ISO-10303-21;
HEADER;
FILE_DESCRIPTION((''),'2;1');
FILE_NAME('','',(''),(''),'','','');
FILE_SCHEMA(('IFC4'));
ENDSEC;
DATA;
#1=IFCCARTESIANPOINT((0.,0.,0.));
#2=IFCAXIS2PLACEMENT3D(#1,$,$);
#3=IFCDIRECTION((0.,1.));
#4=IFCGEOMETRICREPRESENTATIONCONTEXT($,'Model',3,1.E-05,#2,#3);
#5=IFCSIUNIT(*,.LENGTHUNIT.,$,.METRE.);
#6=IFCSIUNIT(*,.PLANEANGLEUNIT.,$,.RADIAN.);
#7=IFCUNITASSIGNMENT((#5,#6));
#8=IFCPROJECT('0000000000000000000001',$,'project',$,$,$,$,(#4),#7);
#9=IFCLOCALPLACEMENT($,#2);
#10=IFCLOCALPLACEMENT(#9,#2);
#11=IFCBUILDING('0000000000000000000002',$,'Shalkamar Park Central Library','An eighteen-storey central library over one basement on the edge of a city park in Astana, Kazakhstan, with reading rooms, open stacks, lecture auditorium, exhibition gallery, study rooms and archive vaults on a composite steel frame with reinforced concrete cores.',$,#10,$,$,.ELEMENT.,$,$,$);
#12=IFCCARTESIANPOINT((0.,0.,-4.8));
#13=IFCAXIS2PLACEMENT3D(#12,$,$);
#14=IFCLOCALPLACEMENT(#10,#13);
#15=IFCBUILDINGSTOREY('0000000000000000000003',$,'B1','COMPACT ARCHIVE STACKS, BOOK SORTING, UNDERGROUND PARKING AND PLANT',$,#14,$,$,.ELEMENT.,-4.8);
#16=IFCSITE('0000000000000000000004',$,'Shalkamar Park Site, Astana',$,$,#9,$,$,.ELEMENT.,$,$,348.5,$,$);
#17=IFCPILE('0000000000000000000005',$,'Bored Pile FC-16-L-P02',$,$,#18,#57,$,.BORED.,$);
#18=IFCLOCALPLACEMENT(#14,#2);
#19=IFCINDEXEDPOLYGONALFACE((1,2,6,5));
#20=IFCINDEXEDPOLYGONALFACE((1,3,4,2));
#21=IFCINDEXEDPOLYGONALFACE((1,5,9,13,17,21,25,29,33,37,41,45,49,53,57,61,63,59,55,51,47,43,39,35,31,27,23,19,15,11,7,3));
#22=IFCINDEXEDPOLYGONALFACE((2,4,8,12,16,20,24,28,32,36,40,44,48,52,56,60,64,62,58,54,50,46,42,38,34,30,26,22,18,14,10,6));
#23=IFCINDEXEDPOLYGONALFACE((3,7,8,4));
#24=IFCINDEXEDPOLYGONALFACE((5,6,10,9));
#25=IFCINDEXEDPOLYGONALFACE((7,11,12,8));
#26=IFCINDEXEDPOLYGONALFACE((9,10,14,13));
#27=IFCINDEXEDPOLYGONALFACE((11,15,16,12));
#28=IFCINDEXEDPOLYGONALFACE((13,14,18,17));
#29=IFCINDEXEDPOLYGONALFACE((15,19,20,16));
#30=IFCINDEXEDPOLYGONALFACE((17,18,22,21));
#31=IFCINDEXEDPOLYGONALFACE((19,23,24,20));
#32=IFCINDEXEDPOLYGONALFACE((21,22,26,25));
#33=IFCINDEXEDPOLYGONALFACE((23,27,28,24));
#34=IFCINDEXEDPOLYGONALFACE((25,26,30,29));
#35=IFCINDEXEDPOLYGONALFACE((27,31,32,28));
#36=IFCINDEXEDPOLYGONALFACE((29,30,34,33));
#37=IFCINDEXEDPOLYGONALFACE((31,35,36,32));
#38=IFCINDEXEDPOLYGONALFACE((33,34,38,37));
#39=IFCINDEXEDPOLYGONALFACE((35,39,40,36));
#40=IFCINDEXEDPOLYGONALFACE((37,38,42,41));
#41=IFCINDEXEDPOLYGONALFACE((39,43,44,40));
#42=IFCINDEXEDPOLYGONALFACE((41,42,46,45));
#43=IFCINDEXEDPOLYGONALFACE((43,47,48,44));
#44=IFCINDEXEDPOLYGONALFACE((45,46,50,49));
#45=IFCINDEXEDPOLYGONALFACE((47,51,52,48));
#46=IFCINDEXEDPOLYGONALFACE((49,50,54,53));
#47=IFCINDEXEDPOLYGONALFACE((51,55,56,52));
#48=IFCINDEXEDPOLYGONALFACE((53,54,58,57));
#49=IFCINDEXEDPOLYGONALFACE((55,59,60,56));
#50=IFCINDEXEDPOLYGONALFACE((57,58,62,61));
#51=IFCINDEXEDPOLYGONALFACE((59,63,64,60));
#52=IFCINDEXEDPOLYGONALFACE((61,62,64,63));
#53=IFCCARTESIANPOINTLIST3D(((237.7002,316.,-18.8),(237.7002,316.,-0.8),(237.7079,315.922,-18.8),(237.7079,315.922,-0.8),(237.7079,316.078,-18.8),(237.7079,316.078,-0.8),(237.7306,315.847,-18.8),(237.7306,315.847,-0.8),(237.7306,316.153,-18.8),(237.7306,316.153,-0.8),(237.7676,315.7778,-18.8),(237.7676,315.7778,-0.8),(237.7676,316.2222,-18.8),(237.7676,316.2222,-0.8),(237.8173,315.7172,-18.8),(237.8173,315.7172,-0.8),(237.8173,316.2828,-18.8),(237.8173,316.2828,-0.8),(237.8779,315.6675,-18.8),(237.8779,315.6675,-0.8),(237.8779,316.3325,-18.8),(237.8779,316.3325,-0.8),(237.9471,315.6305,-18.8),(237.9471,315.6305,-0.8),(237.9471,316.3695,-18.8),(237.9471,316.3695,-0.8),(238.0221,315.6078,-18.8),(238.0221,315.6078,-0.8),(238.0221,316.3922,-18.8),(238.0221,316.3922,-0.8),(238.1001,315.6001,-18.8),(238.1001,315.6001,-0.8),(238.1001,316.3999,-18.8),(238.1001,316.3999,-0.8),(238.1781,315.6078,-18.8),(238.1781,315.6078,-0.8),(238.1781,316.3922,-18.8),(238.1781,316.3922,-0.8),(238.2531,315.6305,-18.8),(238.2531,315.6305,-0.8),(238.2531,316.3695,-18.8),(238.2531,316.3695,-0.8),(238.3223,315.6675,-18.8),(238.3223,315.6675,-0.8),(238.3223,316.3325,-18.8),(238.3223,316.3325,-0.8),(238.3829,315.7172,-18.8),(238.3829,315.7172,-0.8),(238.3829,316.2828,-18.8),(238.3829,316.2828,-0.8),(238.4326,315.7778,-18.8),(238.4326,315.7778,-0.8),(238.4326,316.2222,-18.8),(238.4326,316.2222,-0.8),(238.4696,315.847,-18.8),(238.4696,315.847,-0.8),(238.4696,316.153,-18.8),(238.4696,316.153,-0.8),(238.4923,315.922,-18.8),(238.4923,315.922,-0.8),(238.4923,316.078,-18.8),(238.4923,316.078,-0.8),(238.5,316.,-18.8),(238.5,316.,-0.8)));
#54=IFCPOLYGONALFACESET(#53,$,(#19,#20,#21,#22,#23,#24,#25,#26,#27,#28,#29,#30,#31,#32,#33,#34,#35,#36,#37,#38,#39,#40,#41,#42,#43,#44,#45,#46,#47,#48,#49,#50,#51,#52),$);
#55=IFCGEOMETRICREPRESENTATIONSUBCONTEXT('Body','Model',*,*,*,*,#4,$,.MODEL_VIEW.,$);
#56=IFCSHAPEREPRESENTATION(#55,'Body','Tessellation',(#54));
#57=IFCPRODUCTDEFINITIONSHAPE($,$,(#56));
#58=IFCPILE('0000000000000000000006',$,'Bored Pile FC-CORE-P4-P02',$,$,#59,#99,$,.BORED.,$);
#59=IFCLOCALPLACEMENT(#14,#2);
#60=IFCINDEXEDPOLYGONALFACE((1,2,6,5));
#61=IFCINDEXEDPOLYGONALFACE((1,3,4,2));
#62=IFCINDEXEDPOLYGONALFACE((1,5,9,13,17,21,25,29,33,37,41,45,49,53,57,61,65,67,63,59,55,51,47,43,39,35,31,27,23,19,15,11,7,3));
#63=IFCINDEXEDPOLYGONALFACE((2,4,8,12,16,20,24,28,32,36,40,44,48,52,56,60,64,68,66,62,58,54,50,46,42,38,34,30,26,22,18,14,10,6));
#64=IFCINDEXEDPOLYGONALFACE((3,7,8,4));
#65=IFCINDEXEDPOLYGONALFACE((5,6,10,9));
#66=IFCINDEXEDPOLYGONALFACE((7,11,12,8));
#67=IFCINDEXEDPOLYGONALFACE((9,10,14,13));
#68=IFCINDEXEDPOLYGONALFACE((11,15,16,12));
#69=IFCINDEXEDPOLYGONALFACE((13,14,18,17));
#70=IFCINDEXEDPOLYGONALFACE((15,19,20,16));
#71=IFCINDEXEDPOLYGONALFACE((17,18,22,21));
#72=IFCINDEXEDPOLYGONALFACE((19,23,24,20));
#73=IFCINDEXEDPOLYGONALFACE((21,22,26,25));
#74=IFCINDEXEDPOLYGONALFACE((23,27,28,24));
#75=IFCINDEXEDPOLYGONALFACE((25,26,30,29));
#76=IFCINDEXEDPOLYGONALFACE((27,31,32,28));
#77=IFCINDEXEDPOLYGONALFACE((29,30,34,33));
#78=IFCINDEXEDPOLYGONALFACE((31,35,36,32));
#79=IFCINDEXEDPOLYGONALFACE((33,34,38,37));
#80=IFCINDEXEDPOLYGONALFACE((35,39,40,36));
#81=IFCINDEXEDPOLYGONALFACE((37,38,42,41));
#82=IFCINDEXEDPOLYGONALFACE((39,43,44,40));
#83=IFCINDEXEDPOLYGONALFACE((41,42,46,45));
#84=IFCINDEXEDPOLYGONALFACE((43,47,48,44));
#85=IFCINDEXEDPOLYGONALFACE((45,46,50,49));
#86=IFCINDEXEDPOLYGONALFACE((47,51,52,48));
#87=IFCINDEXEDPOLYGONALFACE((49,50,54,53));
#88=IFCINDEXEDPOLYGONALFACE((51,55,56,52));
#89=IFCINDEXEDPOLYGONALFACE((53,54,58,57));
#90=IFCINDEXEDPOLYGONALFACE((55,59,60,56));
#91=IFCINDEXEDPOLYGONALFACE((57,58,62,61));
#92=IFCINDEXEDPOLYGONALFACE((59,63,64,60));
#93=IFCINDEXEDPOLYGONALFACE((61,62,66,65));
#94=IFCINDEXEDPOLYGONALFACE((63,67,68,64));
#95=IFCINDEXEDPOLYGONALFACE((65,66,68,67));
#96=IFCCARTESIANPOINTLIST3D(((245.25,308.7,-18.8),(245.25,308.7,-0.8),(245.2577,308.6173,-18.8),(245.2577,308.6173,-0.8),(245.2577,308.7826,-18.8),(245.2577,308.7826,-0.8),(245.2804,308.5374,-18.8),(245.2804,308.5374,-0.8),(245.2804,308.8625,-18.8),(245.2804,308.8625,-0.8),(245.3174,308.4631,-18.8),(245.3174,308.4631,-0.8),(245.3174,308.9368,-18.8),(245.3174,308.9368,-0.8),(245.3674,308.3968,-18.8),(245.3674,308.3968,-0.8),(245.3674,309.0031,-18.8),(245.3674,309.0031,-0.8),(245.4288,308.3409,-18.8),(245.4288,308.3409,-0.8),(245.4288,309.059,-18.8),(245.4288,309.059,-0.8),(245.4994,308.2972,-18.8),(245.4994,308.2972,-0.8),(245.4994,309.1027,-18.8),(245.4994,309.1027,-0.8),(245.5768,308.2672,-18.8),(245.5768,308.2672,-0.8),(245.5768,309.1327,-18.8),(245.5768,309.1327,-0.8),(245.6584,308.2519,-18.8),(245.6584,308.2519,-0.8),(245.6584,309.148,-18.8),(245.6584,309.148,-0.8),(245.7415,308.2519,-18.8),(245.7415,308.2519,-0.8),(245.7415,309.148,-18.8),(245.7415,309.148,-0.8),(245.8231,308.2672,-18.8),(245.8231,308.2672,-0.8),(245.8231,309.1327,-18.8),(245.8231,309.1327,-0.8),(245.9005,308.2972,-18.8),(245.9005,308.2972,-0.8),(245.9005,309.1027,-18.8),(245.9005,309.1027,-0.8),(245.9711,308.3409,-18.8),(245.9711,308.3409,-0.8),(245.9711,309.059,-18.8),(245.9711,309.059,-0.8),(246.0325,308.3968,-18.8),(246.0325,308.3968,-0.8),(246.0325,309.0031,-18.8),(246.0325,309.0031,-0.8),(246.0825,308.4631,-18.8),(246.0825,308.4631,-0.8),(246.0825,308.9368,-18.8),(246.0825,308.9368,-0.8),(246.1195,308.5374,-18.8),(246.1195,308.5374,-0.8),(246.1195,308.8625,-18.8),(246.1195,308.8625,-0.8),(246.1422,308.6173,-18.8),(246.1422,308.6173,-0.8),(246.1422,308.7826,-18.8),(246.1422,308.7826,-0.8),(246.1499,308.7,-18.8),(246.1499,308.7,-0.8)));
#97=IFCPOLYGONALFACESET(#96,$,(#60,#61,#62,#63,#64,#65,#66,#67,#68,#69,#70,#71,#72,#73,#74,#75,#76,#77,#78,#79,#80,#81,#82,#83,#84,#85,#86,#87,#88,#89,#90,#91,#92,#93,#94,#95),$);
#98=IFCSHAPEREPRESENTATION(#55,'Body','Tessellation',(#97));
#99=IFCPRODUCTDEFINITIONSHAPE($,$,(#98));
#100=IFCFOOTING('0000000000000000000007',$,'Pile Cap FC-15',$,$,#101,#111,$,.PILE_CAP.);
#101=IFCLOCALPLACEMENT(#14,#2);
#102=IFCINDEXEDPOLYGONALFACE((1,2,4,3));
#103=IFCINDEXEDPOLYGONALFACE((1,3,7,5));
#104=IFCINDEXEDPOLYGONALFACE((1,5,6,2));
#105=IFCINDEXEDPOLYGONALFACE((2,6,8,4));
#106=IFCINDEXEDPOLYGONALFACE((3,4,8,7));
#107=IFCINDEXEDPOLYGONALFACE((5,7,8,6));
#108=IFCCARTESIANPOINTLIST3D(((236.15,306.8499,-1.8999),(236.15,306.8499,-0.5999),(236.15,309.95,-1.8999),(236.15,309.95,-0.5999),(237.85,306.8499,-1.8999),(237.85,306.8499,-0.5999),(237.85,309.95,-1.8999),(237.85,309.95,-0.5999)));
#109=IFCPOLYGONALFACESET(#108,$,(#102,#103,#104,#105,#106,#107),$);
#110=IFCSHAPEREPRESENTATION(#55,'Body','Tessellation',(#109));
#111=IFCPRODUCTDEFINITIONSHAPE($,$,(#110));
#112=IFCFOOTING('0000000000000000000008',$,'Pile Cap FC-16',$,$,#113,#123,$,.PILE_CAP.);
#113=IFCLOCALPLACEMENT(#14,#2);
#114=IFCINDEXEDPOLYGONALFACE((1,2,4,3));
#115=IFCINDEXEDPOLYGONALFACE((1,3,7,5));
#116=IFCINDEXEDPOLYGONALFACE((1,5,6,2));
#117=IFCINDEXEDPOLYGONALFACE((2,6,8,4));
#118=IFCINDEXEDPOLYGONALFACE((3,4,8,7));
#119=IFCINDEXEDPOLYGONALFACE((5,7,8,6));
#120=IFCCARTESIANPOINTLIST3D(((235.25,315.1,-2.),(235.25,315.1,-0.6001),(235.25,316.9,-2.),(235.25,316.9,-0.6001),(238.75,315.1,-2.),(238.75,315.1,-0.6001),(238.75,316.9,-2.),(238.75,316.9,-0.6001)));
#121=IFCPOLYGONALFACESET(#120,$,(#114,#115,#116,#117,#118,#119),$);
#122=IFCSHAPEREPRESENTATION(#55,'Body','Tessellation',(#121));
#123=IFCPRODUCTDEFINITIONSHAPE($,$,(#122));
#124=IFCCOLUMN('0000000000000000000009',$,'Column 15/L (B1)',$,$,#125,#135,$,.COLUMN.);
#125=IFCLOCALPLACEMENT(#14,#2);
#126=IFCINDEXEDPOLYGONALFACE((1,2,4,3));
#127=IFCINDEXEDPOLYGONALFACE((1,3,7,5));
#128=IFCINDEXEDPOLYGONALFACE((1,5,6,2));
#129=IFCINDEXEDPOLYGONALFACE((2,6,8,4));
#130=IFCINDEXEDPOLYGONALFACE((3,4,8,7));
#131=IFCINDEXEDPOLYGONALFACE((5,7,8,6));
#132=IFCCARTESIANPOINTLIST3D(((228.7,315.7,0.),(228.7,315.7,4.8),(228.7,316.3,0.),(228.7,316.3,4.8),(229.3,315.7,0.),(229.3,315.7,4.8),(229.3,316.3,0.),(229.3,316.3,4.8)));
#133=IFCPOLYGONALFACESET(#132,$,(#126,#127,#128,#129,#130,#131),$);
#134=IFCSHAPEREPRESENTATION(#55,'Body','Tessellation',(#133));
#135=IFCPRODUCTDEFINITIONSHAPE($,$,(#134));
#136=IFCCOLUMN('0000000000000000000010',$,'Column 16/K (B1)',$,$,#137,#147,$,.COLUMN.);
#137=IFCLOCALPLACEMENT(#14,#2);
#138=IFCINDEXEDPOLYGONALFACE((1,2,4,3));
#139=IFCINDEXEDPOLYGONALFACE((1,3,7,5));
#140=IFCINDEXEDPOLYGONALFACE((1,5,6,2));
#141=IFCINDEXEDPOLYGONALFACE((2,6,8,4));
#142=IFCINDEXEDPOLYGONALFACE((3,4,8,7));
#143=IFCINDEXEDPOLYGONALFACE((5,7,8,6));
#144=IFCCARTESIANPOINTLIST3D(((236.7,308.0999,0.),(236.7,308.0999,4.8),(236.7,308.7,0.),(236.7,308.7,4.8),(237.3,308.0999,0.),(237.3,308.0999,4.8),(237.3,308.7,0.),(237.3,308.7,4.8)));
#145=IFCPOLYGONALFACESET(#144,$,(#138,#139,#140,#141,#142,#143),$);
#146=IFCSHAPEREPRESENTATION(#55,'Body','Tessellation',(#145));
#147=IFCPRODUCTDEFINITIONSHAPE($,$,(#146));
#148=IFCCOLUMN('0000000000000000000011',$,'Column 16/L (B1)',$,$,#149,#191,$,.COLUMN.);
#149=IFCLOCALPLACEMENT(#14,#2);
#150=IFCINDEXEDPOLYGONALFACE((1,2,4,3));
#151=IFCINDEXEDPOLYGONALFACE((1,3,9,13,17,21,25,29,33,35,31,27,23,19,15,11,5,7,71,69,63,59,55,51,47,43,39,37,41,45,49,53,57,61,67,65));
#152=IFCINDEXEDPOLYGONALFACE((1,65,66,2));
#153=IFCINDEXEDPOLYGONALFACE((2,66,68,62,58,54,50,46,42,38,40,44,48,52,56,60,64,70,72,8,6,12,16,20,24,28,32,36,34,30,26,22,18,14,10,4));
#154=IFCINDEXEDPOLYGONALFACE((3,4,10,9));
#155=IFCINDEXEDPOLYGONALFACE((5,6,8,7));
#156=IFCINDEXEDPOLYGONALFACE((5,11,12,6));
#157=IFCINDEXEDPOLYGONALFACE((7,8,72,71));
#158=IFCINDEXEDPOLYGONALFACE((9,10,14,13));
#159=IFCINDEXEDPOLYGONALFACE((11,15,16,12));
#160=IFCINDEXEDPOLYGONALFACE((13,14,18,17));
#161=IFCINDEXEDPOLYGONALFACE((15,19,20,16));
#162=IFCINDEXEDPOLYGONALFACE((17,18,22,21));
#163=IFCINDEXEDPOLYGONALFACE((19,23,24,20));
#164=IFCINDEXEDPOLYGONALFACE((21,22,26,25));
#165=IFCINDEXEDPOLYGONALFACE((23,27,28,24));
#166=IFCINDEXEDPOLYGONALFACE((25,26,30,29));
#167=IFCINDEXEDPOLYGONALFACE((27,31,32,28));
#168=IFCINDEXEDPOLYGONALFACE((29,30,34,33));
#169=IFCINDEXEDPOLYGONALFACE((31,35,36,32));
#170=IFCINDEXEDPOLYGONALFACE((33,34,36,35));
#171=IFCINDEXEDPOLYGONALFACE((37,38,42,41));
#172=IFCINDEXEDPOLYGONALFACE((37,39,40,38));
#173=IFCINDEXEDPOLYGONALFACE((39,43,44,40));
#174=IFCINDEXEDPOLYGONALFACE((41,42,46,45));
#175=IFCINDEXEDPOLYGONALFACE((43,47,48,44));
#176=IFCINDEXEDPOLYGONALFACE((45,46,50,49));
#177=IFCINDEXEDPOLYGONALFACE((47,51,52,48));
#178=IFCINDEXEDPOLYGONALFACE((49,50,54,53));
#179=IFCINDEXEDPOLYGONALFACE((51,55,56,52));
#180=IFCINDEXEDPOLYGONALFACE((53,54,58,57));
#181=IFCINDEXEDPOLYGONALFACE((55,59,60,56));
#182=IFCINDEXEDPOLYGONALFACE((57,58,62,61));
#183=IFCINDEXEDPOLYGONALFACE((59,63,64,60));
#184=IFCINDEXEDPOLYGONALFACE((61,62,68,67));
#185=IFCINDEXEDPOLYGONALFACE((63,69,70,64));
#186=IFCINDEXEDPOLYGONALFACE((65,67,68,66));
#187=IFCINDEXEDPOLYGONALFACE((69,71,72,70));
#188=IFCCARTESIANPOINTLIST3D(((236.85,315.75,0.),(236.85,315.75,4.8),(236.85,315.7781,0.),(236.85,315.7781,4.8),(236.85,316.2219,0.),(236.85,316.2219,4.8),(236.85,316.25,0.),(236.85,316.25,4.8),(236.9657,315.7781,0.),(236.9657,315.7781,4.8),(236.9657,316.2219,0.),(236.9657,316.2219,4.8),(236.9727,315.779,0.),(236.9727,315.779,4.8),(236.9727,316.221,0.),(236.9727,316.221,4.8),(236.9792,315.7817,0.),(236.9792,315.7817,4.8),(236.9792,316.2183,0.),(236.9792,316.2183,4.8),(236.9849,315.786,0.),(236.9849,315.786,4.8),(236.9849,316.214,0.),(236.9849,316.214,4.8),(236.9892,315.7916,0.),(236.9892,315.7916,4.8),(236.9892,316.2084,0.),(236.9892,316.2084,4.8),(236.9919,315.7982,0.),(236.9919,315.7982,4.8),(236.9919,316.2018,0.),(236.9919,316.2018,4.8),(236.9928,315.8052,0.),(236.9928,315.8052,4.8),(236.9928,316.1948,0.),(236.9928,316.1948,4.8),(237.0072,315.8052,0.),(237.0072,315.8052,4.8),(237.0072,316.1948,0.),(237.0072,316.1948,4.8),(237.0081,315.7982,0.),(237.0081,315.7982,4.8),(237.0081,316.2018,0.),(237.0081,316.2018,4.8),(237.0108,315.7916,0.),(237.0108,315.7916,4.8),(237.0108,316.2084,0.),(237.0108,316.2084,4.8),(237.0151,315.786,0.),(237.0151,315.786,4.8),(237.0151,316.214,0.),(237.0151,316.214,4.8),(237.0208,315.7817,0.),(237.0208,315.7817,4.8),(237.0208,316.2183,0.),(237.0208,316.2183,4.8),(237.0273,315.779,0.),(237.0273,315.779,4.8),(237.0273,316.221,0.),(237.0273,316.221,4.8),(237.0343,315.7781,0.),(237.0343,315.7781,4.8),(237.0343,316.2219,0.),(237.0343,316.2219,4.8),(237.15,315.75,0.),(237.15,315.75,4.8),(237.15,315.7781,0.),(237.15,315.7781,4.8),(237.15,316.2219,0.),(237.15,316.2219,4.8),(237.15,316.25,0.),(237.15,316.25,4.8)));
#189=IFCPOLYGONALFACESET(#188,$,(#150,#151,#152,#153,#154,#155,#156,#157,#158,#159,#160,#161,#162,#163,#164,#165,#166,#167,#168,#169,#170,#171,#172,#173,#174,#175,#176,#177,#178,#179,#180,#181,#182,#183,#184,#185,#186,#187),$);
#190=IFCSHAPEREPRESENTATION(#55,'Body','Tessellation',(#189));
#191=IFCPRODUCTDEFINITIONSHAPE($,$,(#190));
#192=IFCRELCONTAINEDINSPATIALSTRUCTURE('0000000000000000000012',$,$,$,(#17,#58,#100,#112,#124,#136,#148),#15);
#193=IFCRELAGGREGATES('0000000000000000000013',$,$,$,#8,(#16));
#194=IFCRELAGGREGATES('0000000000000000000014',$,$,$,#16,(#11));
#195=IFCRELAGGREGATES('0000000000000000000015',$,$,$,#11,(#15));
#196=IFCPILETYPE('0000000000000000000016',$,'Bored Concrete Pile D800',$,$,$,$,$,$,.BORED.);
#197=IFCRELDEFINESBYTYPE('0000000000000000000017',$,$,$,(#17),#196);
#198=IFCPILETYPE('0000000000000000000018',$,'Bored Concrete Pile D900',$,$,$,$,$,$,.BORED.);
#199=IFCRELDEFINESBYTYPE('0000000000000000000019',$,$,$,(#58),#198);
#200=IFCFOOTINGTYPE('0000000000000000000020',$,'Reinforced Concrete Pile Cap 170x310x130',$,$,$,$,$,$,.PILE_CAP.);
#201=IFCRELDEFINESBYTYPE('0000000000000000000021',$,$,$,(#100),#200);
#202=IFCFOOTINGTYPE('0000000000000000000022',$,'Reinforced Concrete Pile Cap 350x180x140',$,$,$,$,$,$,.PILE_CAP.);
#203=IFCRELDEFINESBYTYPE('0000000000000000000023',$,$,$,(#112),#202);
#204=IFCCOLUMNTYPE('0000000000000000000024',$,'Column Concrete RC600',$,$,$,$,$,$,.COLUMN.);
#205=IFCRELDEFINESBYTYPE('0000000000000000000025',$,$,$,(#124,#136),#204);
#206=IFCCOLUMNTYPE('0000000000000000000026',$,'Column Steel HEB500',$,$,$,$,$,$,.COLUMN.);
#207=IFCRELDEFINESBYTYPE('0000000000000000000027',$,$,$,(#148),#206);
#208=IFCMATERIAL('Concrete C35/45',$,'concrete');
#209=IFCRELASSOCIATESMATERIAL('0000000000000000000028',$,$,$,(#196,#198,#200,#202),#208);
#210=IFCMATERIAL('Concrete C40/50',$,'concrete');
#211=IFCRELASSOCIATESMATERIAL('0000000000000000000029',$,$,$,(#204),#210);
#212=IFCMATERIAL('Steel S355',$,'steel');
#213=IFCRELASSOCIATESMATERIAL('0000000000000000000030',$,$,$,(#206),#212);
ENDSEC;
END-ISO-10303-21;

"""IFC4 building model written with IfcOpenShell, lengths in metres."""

from ifc_helpers import new_model, si_unit, direction, frame, origin, origin_2d, place, context, subcontext, project, spatial, rectangle, circle, i_section, extrude, material, material_profile, profile_set, type_object, element, save


model = new_model("IFC4")

# Units and contexts
model_context = context("Model", 3, precision=1e-05, world=origin(), true_north=direction((0.0, 1.0)))
body_context = subcontext(model_context, "Body", "Model", "MODEL_VIEW")
ifc_project = project(units=[si_unit("LENGTHUNIT", "METRE"), si_unit("PLANEANGLEUNIT", "RADIAN")], contexts=[model_context])

# Site, building, storey
site_placement = place(None, origin())
site = spatial("IfcSite", under=ifc_project, at=site_placement, Name="Shalkamar Park Site, Astana", CompositionType="ELEMENT", RefElevation=348.5)
building_placement = place(site_placement, origin())
building = spatial("IfcBuilding", under=site, at=building_placement, Name="Shalkamar Park Central Library", Description="An eighteen-storey central library over one basement on the edge of a city park in Astana, Kazakhstan, with reading rooms, open stacks, lecture auditorium, exhibition gallery, study rooms and archive vaults on a composite steel frame with reinforced concrete cores.", CompositionType="ELEMENT")
storey_placement = place(building_placement, frame((0.0, 0.0, -4.8)))
storey = spatial("IfcBuildingStorey", under=building, at=storey_placement, Name="B1", Description="COMPACT ARCHIVE STACKS, BOOK SORTING, UNDERGROUND PARKING AND PLANT", CompositionType="ELEMENT", Elevation=-4.8)

# Piles
ifc_material_1 = material(Name="Concrete C35/45", Category="concrete")
ifc_material_profile_1 = material_profile(ifc_material_1, circle(Radius=0.3999, at=origin_2d()), Name="PILE D800")
ifc_profile_set_1 = profile_set([ifc_material_profile_1], Name="Concrete C35/45")
pile_type_1 = type_object("IfcPileType", Name="Bored Concrete Pile D800", PredefinedType="BORED", material=ifc_profile_set_1)
for number, where, z_axis, x_axis, name in (
    (1, (238.1001, 316.0, -0.8), (0.0, 0.0, -1.0), (1.0, 0.0, 0.0), "Bored Pile FC-16-L-P02"),
):
    element("IfcPile", number, at=place(storey_placement, frame(where, z_axis=z_axis, x_axis=x_axis)), inside=storey, type_object=pile_type_1, Name=name, PredefinedType="BORED", context=body_context, shape_type="SweptSolid", body=[
        extrude(circle(Radius=0.3999, at=origin_2d()), origin(), (0.0, 0.0, 1.0), 18.0),
    ])
ifc_material_profile_2 = material_profile(ifc_material_1, circle(Radius=0.45, at=origin_2d()), Name="PILE D900")
ifc_profile_set_2 = profile_set([ifc_material_profile_2], Name="Concrete C35/45")
pile_type_2 = type_object("IfcPileType", Name="Bored Concrete Pile D900", PredefinedType="BORED", material=ifc_profile_set_2)
pile_placement = place(storey_placement, frame((245.7, 308.7, -0.8), z_axis=(0.0, 0.0, -1.0), x_axis=(1.0, 0.0, 0.0)))
element("IfcPile", 2, at=pile_placement, inside=storey, type_object=pile_type_2, Name="Bored Pile FC-CORE-P4-P02", PredefinedType="BORED", context=body_context, shape_type="SweptSolid", body=[
    extrude(circle(Radius=0.45, at=origin_2d()), origin(), (0.0, 0.0, 1.0), 18.0),
])

# Footings
footing_type_1 = type_object("IfcFootingType", Name="Reinforced Concrete Pile Cap 170x310x130", PredefinedType="PILE_CAP", material=ifc_material_1)
footing_1_placement = place(storey_placement, frame((237.0, 308.3999, -1.8999), z_axis=(0.0, 0.0, 1.0), x_axis=(1.0, 0.0, 0.0)))
element("IfcFooting", 3, at=footing_1_placement, inside=storey, type_object=footing_type_1, Name="Pile Cap FC-15", PredefinedType="PILE_CAP", context=body_context, shape_type="SweptSolid", body=[
    extrude(rectangle(XDim=1.7, YDim=3.1001, at=origin_2d()), origin(), (0.0, 0.0, 1.0), 1.3),
])
footing_type_2 = type_object("IfcFootingType", Name="Reinforced Concrete Pile Cap 350x180x140", PredefinedType="PILE_CAP", material=ifc_material_1)
footing_2_placement = place(storey_placement, frame((237.0, 316.0, -2.0), z_axis=(0.0, 0.0, 1.0), x_axis=(1.0, 0.0, 0.0)))
element("IfcFooting", 4, at=footing_2_placement, inside=storey, type_object=footing_type_2, Name="Pile Cap FC-16", PredefinedType="PILE_CAP", context=body_context, shape_type="SweptSolid", body=[
    extrude(rectangle(XDim=3.5, YDim=1.8, at=origin_2d()), origin(), (0.0, 0.0, 1.0), 1.3999),
])

# Columns
ifc_material_2 = material(Name="Concrete C40/50", Category="concrete")
ifc_material_profile_3 = material_profile(ifc_material_2, rectangle(XDim=0.6001, YDim=0.6001, at=origin_2d()), Name="RC 600x600")
ifc_profile_set_3 = profile_set([ifc_material_profile_3], Name="Concrete C40/50")
column_type_1 = type_object("IfcColumnType", Name="Column Concrete RC600", PredefinedType="COLUMN", material=ifc_profile_set_3)
for number, where, z_axis, x_axis, name in (
    (5, (229.0, 316.0, 0.0), (0.0, 0.0, 1.0), (1.0, 0.0, 0.0), "Column 15/L (B1)"),
    (6, (237.0, 308.3999, 0.0), (0.0, 0.0, 1.0), (1.0, 0.0, 0.0), "Column 16/K (B1)"),
):
    element("IfcColumn", number, at=place(storey_placement, frame(where, z_axis=z_axis, x_axis=x_axis)), inside=storey, type_object=column_type_1, Name=name, PredefinedType="COLUMN", context=body_context, shape_type="SweptSolid", body=[
        extrude(rectangle(XDim=0.6001, YDim=0.6001, at=origin_2d()), origin(), (0.0, 0.0, 1.0), 4.8),
    ])
ifc_material_3 = material(Name="Steel S355", Category="steel")
ifc_material_profile_4 = material_profile(ifc_material_3, i_section(OverallWidth=0.3, OverallDepth=0.5, WebThickness=0.0144, FlangeThickness=0.0281, FilletRadius=0.0271, at=origin_2d()), Name="HEB 500")
ifc_profile_set_4 = profile_set([ifc_material_profile_4], Name="Steel S355")
column_type_2 = type_object("IfcColumnType", Name="Column Steel HEB500", PredefinedType="COLUMN", material=ifc_profile_set_4)
column_placement = place(storey_placement, frame((237.0, 316.0, 0.0), z_axis=(0.0, 0.0, 1.0), x_axis=(1.0, 0.0, 0.0)))
element("IfcColumn", 7, at=column_placement, inside=storey, type_object=column_type_2, Name="Column 16/L (B1)", PredefinedType="COLUMN", context=body_context, shape_type="SweptSolid", body=[
    extrude(i_section(OverallWidth=0.3, OverallDepth=0.5, WebThickness=0.0144, FlangeThickness=0.0281, FilletRadius=0.0271, at=origin_2d()), origin(), (0.0, 0.0, 1.0), 4.8),
])

save(model, "model.ifc")
